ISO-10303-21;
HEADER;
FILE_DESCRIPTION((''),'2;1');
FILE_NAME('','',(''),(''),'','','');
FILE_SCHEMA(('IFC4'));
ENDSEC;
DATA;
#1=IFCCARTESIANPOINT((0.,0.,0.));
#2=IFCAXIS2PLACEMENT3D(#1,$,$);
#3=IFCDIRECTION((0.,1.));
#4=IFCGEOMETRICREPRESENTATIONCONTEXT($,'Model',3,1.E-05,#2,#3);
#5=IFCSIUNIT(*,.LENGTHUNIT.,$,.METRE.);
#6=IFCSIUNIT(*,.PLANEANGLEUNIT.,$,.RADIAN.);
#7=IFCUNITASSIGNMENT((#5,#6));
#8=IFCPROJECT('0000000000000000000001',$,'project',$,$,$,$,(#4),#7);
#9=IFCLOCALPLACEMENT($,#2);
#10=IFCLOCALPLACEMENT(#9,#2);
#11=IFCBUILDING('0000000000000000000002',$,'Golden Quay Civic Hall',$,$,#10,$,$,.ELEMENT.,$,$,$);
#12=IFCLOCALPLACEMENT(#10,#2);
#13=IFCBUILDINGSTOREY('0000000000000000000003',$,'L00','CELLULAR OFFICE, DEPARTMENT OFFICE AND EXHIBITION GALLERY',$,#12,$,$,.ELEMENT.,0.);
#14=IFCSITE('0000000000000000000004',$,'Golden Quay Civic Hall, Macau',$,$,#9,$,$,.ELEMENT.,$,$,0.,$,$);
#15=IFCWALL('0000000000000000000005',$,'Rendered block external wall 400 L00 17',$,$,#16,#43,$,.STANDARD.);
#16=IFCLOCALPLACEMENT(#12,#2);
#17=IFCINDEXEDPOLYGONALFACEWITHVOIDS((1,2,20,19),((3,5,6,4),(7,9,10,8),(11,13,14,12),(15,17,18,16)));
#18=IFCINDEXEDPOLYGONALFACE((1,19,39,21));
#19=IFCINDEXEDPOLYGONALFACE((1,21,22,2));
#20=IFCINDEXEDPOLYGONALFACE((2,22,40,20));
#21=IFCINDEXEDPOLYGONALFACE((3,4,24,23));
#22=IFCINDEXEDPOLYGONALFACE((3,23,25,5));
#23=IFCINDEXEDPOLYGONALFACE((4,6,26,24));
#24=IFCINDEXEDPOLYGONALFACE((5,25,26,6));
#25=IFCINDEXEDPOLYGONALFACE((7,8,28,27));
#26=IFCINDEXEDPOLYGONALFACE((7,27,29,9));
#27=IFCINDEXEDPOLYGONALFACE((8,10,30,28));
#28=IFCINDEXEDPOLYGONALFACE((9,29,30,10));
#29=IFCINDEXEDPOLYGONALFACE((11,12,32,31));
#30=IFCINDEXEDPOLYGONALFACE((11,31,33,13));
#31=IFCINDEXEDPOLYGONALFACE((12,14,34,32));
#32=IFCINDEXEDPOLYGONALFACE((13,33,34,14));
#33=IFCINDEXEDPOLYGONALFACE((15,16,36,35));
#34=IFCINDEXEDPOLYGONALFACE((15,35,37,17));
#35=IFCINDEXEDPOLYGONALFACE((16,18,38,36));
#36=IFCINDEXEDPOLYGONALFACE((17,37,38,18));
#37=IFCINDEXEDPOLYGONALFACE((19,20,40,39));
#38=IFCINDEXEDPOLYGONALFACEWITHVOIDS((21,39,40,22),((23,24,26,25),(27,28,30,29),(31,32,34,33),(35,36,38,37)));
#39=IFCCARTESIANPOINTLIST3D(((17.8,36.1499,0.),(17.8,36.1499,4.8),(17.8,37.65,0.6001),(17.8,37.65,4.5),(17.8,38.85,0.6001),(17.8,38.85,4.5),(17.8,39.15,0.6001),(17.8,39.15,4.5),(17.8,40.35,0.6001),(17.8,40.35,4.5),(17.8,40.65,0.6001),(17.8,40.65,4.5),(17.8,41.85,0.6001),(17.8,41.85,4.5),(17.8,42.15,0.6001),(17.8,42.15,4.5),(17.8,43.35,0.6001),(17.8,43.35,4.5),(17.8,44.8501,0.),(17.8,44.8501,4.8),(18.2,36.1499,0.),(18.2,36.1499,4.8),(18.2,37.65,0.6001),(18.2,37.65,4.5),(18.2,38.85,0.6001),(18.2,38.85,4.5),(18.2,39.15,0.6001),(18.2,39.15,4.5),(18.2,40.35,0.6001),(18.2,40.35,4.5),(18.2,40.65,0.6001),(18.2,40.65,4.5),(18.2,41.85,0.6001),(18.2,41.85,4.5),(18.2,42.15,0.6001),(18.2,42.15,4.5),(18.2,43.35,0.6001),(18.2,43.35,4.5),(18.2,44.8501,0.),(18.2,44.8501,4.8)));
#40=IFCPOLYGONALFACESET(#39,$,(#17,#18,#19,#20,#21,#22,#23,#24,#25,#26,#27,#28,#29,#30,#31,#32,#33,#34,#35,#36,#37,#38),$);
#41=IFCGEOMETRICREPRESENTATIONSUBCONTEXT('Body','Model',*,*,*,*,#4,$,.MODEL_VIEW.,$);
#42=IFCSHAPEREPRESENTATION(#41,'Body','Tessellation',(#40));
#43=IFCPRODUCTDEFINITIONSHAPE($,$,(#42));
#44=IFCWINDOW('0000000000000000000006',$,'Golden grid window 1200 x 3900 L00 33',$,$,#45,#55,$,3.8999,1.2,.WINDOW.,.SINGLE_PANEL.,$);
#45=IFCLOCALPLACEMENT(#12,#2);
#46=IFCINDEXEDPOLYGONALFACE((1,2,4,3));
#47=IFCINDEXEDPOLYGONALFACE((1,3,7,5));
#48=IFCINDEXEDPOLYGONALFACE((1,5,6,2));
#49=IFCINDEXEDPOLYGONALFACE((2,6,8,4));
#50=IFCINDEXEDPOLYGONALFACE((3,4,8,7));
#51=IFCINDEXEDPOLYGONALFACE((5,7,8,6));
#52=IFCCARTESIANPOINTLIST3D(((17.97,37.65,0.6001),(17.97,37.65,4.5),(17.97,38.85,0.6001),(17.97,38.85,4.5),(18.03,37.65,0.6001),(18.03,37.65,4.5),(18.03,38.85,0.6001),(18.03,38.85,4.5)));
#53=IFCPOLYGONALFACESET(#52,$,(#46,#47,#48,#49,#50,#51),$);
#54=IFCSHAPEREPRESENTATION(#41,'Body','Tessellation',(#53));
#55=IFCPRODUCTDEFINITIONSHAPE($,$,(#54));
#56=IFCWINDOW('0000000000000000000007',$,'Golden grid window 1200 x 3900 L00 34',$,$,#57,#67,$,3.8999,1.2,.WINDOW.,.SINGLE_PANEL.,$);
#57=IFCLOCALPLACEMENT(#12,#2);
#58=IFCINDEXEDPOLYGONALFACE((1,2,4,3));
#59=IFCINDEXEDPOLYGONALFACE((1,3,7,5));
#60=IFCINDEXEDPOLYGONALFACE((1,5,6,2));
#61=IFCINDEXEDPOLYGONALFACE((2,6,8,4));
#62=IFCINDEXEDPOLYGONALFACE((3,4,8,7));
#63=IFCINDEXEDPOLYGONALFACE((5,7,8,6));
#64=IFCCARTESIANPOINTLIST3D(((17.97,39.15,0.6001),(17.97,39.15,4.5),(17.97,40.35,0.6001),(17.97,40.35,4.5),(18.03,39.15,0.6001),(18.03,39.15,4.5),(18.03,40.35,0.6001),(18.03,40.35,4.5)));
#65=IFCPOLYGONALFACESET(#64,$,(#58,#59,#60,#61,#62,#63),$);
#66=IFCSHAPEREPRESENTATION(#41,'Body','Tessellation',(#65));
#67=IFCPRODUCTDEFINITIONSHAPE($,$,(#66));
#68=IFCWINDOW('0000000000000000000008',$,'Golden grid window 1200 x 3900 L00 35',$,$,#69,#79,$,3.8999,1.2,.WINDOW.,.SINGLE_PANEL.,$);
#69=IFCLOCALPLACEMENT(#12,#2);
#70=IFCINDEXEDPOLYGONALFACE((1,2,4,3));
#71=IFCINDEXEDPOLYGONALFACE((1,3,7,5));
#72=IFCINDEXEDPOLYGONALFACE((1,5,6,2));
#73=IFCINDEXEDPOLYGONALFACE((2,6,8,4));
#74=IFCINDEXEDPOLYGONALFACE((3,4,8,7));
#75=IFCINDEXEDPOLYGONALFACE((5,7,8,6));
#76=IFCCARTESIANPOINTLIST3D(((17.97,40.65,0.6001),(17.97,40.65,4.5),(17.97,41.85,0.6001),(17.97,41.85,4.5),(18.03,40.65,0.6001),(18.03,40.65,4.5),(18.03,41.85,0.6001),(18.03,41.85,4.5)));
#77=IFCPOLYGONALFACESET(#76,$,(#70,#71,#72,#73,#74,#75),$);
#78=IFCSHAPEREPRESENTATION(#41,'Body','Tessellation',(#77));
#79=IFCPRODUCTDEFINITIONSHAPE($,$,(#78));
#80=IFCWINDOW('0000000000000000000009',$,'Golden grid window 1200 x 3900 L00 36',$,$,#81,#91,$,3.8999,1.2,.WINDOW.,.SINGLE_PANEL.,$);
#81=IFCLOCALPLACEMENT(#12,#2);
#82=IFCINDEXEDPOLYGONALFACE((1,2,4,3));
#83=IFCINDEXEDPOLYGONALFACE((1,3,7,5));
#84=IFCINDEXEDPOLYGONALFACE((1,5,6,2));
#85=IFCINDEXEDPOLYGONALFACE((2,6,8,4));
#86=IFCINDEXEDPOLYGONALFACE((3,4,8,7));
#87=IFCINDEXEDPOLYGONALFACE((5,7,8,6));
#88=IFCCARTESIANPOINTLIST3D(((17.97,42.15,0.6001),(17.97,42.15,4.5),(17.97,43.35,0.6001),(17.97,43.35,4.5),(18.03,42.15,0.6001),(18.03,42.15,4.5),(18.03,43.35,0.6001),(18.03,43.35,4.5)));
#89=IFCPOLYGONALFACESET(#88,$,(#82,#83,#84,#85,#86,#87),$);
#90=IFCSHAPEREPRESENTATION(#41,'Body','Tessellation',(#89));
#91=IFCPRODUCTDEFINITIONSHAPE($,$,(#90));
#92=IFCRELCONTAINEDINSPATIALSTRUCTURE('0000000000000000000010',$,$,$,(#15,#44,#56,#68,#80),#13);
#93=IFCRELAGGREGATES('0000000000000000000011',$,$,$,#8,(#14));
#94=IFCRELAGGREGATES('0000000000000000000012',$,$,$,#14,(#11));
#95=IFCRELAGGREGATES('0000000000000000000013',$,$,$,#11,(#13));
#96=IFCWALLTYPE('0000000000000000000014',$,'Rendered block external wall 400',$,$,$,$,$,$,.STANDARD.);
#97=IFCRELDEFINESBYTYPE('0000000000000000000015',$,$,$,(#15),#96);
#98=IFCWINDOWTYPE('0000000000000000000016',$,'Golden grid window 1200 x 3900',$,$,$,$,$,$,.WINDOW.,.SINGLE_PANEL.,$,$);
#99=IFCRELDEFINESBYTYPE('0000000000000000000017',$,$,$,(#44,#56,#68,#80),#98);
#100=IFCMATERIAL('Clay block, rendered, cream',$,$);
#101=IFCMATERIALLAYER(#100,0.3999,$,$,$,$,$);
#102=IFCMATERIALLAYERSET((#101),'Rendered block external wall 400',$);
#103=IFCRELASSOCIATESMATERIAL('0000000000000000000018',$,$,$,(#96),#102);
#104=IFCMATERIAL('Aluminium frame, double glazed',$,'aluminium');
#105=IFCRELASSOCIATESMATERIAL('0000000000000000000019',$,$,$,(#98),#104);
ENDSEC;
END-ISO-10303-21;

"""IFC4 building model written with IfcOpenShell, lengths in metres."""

from ifc_helpers import new_model, si_unit, direction, frame, frame_2d, origin, place, context, subcontext, project, spatial, rectangle, extrude, material, layer, layer_set, type_object, element, fill, save


model = new_model("IFC4")

# Units and contexts
model_context = context("Model", 3, precision=1e-05, world=origin(), true_north=direction((0.0, 1.0)))
body_context = subcontext(model_context, "Body", "Model", "MODEL_VIEW")
ifc_project = project(units=[si_unit("LENGTHUNIT", "METRE"), si_unit("PLANEANGLEUNIT", "RADIAN")], contexts=[model_context])

# Site, building, storey
site_placement = place(None, origin())
site = spatial("IfcSite", under=ifc_project, at=site_placement, Name="Golden Quay Civic Hall, Macau", CompositionType="ELEMENT", RefElevation=0.0)
building_placement = place(site_placement, origin())
building = spatial("IfcBuilding", under=site, at=building_placement, Name="Golden Quay Civic Hall", CompositionType="ELEMENT")
storey_placement = place(building_placement, origin())
storey = spatial("IfcBuildingStorey", under=building, at=storey_placement, Name="L00", Description="CELLULAR OFFICE, DEPARTMENT OFFICE AND EXHIBITION GALLERY", CompositionType="ELEMENT", Elevation=0.0)

# Wall, openings, windows
ifc_material_1 = material(Name="Clay block, rendered, cream")
ifc_layer_1 = layer(ifc_material_1, 0.3999)
ifc_layer_set_1 = layer_set([ifc_layer_1], Name="Rendered block external wall 400")
wall_type_1 = type_object("IfcWallType", Name="Rendered block external wall 400", PredefinedType="STANDARD", material=ifc_layer_set_1)
wall_1_placement = place(storey_placement, frame((18.0, 44.8501, 0.0), z_axis=(0.0, 0.0, 1.0), x_axis=(0.0, -1.0, 0.0)))
wall_1 = element("IfcWall", 1, at=wall_1_placement, inside=storey, type_object=wall_type_1, Name="Rendered block external wall 400 L00 17", PredefinedType="STANDARD", context=body_context, shape_type="SweptSolid", body=[
    extrude(rectangle(XDim=8.7002, YDim=0.3999, at=frame_2d((4.3501, 0.0))), origin(), (0.0, 0.0, 1.0), 4.8),
])
opening_1_placement = place(wall_1_placement, frame((6.0, 0.0, 0.6001)))
opening_1 = element("IfcOpeningElement", 2, at=opening_1_placement, cuts=wall_1, PredefinedType="OPENING", context=body_context, shape_type="SweptSolid", body=[
    extrude(rectangle(XDim=1.2, YDim=3.8999, at=frame_2d((0.6001, 1.95))), frame((0.0, 0.21, 0.0), z_axis=(0.0, -1.0, 0.0), x_axis=(1.0, 0.0, 0.0)), (0.0, 0.0, 1.0), 0.4199),
])
opening_2_placement = place(wall_1_placement, frame((4.5, 0.0, 0.6001)))
opening_2 = element("IfcOpeningElement", 3, at=opening_2_placement, cuts=wall_1, PredefinedType="OPENING", context=body_context, shape_type="SweptSolid", body=[
    extrude(rectangle(XDim=1.2, YDim=3.8999, at=frame_2d((0.6001, 1.95))), frame((0.0, 0.21, 0.0), z_axis=(0.0, -1.0, 0.0), x_axis=(1.0, 0.0, 0.0)), (0.0, 0.0, 1.0), 0.4199),
])
opening_3_placement = place(wall_1_placement, frame((3.0, 0.0, 0.6001)))
opening_3 = element("IfcOpeningElement", 4, at=opening_3_placement, cuts=wall_1, PredefinedType="OPENING", context=body_context, shape_type="SweptSolid", body=[
    extrude(rectangle(XDim=1.2, YDim=3.8999, at=frame_2d((0.6001, 1.95))), frame((0.0, 0.21, 0.0), z_axis=(0.0, -1.0, 0.0), x_axis=(1.0, 0.0, 0.0)), (0.0, 0.0, 1.0), 0.4199),
])
opening_4_placement = place(wall_1_placement, frame((1.5, 0.0, 0.6001)))
opening_4 = element("IfcOpeningElement", 5, at=opening_4_placement, cuts=wall_1, PredefinedType="OPENING", context=body_context, shape_type="SweptSolid", body=[
    extrude(rectangle(XDim=1.2, YDim=3.8999, at=frame_2d((0.6001, 1.95))), frame((0.0, 0.21, 0.0), z_axis=(0.0, -1.0, 0.0), x_axis=(1.0, 0.0, 0.0)), (0.0, 0.0, 1.0), 0.4199),
])
ifc_material_2 = material(Name="Aluminium frame, double glazed", Category="aluminium")
window_type = type_object("IfcWindowType", Name="Golden grid window 1200 x 3900", PartitioningType="SINGLE_PANEL", PredefinedType="WINDOW", material=ifc_material_2)
window_1_placement = place(opening_1_placement, origin())
window_1 = element("IfcWindow", 6, at=window_1_placement, inside=storey, type_object=window_type, Name="Golden grid window 1200 x 3900 L00 33", OverallHeight=3.8999, OverallWidth=1.2, PartitioningType="SINGLE_PANEL", PredefinedType="WINDOW", context=body_context, shape_type="SweptSolid", body=[
    extrude(rectangle(XDim=1.2, YDim=3.8999, at=frame_2d((0.6001, 1.95))), frame((0.0, 0.03, 0.0), z_axis=(0.0, -1.0, 0.0), x_axis=(1.0, 0.0, 0.0)), (0.0, 0.0, 1.0), 0.0601),
])
fill(opening_1, window_1)
window_2_placement = place(opening_2_placement, origin())
window_2 = element("IfcWindow", 7, at=window_2_placement, inside=storey, type_object=window_type, Name="Golden grid window 1200 x 3900 L00 34", OverallHeight=3.8999, OverallWidth=1.2, PartitioningType="SINGLE_PANEL", PredefinedType="WINDOW", context=body_context, shape_type="SweptSolid", body=[
    extrude(rectangle(XDim=1.2, YDim=3.8999, at=frame_2d((0.6001, 1.95))), frame((0.0, 0.03, 0.0), z_axis=(0.0, -1.0, 0.0), x_axis=(1.0, 0.0, 0.0)), (0.0, 0.0, 1.0), 0.0601),
])
fill(opening_2, window_2)
window_3_placement = place(opening_3_placement, origin())
window_3 = element("IfcWindow", 8, at=window_3_placement, inside=storey, type_object=window_type, Name="Golden grid window 1200 x 3900 L00 35", OverallHeight=3.8999, OverallWidth=1.2, PartitioningType="SINGLE_PANEL", PredefinedType="WINDOW", context=body_context, shape_type="SweptSolid", body=[
    extrude(rectangle(XDim=1.2, YDim=3.8999, at=frame_2d((0.6001, 1.95))), frame((0.0, 0.03, 0.0), z_axis=(0.0, -1.0, 0.0), x_axis=(1.0, 0.0, 0.0)), (0.0, 0.0, 1.0), 0.0601),
])
fill(opening_3, window_3)
window_4_placement = place(opening_4_placement, origin())
window_4 = element("IfcWindow", 9, at=window_4_placement, inside=storey, type_object=window_type, Name="Golden grid window 1200 x 3900 L00 36", OverallHeight=3.8999, OverallWidth=1.2, PartitioningType="SINGLE_PANEL", PredefinedType="WINDOW", context=body_context, shape_type="SweptSolid", body=[
    extrude(rectangle(XDim=1.2, YDim=3.8999, at=frame_2d((0.6001, 1.95))), frame((0.0, 0.03, 0.0), z_axis=(0.0, -1.0, 0.0), x_axis=(1.0, 0.0, 0.0)), (0.0, 0.0, 1.0), 0.0601),
])
fill(opening_4, window_4)

save(model, "model.ifc")
